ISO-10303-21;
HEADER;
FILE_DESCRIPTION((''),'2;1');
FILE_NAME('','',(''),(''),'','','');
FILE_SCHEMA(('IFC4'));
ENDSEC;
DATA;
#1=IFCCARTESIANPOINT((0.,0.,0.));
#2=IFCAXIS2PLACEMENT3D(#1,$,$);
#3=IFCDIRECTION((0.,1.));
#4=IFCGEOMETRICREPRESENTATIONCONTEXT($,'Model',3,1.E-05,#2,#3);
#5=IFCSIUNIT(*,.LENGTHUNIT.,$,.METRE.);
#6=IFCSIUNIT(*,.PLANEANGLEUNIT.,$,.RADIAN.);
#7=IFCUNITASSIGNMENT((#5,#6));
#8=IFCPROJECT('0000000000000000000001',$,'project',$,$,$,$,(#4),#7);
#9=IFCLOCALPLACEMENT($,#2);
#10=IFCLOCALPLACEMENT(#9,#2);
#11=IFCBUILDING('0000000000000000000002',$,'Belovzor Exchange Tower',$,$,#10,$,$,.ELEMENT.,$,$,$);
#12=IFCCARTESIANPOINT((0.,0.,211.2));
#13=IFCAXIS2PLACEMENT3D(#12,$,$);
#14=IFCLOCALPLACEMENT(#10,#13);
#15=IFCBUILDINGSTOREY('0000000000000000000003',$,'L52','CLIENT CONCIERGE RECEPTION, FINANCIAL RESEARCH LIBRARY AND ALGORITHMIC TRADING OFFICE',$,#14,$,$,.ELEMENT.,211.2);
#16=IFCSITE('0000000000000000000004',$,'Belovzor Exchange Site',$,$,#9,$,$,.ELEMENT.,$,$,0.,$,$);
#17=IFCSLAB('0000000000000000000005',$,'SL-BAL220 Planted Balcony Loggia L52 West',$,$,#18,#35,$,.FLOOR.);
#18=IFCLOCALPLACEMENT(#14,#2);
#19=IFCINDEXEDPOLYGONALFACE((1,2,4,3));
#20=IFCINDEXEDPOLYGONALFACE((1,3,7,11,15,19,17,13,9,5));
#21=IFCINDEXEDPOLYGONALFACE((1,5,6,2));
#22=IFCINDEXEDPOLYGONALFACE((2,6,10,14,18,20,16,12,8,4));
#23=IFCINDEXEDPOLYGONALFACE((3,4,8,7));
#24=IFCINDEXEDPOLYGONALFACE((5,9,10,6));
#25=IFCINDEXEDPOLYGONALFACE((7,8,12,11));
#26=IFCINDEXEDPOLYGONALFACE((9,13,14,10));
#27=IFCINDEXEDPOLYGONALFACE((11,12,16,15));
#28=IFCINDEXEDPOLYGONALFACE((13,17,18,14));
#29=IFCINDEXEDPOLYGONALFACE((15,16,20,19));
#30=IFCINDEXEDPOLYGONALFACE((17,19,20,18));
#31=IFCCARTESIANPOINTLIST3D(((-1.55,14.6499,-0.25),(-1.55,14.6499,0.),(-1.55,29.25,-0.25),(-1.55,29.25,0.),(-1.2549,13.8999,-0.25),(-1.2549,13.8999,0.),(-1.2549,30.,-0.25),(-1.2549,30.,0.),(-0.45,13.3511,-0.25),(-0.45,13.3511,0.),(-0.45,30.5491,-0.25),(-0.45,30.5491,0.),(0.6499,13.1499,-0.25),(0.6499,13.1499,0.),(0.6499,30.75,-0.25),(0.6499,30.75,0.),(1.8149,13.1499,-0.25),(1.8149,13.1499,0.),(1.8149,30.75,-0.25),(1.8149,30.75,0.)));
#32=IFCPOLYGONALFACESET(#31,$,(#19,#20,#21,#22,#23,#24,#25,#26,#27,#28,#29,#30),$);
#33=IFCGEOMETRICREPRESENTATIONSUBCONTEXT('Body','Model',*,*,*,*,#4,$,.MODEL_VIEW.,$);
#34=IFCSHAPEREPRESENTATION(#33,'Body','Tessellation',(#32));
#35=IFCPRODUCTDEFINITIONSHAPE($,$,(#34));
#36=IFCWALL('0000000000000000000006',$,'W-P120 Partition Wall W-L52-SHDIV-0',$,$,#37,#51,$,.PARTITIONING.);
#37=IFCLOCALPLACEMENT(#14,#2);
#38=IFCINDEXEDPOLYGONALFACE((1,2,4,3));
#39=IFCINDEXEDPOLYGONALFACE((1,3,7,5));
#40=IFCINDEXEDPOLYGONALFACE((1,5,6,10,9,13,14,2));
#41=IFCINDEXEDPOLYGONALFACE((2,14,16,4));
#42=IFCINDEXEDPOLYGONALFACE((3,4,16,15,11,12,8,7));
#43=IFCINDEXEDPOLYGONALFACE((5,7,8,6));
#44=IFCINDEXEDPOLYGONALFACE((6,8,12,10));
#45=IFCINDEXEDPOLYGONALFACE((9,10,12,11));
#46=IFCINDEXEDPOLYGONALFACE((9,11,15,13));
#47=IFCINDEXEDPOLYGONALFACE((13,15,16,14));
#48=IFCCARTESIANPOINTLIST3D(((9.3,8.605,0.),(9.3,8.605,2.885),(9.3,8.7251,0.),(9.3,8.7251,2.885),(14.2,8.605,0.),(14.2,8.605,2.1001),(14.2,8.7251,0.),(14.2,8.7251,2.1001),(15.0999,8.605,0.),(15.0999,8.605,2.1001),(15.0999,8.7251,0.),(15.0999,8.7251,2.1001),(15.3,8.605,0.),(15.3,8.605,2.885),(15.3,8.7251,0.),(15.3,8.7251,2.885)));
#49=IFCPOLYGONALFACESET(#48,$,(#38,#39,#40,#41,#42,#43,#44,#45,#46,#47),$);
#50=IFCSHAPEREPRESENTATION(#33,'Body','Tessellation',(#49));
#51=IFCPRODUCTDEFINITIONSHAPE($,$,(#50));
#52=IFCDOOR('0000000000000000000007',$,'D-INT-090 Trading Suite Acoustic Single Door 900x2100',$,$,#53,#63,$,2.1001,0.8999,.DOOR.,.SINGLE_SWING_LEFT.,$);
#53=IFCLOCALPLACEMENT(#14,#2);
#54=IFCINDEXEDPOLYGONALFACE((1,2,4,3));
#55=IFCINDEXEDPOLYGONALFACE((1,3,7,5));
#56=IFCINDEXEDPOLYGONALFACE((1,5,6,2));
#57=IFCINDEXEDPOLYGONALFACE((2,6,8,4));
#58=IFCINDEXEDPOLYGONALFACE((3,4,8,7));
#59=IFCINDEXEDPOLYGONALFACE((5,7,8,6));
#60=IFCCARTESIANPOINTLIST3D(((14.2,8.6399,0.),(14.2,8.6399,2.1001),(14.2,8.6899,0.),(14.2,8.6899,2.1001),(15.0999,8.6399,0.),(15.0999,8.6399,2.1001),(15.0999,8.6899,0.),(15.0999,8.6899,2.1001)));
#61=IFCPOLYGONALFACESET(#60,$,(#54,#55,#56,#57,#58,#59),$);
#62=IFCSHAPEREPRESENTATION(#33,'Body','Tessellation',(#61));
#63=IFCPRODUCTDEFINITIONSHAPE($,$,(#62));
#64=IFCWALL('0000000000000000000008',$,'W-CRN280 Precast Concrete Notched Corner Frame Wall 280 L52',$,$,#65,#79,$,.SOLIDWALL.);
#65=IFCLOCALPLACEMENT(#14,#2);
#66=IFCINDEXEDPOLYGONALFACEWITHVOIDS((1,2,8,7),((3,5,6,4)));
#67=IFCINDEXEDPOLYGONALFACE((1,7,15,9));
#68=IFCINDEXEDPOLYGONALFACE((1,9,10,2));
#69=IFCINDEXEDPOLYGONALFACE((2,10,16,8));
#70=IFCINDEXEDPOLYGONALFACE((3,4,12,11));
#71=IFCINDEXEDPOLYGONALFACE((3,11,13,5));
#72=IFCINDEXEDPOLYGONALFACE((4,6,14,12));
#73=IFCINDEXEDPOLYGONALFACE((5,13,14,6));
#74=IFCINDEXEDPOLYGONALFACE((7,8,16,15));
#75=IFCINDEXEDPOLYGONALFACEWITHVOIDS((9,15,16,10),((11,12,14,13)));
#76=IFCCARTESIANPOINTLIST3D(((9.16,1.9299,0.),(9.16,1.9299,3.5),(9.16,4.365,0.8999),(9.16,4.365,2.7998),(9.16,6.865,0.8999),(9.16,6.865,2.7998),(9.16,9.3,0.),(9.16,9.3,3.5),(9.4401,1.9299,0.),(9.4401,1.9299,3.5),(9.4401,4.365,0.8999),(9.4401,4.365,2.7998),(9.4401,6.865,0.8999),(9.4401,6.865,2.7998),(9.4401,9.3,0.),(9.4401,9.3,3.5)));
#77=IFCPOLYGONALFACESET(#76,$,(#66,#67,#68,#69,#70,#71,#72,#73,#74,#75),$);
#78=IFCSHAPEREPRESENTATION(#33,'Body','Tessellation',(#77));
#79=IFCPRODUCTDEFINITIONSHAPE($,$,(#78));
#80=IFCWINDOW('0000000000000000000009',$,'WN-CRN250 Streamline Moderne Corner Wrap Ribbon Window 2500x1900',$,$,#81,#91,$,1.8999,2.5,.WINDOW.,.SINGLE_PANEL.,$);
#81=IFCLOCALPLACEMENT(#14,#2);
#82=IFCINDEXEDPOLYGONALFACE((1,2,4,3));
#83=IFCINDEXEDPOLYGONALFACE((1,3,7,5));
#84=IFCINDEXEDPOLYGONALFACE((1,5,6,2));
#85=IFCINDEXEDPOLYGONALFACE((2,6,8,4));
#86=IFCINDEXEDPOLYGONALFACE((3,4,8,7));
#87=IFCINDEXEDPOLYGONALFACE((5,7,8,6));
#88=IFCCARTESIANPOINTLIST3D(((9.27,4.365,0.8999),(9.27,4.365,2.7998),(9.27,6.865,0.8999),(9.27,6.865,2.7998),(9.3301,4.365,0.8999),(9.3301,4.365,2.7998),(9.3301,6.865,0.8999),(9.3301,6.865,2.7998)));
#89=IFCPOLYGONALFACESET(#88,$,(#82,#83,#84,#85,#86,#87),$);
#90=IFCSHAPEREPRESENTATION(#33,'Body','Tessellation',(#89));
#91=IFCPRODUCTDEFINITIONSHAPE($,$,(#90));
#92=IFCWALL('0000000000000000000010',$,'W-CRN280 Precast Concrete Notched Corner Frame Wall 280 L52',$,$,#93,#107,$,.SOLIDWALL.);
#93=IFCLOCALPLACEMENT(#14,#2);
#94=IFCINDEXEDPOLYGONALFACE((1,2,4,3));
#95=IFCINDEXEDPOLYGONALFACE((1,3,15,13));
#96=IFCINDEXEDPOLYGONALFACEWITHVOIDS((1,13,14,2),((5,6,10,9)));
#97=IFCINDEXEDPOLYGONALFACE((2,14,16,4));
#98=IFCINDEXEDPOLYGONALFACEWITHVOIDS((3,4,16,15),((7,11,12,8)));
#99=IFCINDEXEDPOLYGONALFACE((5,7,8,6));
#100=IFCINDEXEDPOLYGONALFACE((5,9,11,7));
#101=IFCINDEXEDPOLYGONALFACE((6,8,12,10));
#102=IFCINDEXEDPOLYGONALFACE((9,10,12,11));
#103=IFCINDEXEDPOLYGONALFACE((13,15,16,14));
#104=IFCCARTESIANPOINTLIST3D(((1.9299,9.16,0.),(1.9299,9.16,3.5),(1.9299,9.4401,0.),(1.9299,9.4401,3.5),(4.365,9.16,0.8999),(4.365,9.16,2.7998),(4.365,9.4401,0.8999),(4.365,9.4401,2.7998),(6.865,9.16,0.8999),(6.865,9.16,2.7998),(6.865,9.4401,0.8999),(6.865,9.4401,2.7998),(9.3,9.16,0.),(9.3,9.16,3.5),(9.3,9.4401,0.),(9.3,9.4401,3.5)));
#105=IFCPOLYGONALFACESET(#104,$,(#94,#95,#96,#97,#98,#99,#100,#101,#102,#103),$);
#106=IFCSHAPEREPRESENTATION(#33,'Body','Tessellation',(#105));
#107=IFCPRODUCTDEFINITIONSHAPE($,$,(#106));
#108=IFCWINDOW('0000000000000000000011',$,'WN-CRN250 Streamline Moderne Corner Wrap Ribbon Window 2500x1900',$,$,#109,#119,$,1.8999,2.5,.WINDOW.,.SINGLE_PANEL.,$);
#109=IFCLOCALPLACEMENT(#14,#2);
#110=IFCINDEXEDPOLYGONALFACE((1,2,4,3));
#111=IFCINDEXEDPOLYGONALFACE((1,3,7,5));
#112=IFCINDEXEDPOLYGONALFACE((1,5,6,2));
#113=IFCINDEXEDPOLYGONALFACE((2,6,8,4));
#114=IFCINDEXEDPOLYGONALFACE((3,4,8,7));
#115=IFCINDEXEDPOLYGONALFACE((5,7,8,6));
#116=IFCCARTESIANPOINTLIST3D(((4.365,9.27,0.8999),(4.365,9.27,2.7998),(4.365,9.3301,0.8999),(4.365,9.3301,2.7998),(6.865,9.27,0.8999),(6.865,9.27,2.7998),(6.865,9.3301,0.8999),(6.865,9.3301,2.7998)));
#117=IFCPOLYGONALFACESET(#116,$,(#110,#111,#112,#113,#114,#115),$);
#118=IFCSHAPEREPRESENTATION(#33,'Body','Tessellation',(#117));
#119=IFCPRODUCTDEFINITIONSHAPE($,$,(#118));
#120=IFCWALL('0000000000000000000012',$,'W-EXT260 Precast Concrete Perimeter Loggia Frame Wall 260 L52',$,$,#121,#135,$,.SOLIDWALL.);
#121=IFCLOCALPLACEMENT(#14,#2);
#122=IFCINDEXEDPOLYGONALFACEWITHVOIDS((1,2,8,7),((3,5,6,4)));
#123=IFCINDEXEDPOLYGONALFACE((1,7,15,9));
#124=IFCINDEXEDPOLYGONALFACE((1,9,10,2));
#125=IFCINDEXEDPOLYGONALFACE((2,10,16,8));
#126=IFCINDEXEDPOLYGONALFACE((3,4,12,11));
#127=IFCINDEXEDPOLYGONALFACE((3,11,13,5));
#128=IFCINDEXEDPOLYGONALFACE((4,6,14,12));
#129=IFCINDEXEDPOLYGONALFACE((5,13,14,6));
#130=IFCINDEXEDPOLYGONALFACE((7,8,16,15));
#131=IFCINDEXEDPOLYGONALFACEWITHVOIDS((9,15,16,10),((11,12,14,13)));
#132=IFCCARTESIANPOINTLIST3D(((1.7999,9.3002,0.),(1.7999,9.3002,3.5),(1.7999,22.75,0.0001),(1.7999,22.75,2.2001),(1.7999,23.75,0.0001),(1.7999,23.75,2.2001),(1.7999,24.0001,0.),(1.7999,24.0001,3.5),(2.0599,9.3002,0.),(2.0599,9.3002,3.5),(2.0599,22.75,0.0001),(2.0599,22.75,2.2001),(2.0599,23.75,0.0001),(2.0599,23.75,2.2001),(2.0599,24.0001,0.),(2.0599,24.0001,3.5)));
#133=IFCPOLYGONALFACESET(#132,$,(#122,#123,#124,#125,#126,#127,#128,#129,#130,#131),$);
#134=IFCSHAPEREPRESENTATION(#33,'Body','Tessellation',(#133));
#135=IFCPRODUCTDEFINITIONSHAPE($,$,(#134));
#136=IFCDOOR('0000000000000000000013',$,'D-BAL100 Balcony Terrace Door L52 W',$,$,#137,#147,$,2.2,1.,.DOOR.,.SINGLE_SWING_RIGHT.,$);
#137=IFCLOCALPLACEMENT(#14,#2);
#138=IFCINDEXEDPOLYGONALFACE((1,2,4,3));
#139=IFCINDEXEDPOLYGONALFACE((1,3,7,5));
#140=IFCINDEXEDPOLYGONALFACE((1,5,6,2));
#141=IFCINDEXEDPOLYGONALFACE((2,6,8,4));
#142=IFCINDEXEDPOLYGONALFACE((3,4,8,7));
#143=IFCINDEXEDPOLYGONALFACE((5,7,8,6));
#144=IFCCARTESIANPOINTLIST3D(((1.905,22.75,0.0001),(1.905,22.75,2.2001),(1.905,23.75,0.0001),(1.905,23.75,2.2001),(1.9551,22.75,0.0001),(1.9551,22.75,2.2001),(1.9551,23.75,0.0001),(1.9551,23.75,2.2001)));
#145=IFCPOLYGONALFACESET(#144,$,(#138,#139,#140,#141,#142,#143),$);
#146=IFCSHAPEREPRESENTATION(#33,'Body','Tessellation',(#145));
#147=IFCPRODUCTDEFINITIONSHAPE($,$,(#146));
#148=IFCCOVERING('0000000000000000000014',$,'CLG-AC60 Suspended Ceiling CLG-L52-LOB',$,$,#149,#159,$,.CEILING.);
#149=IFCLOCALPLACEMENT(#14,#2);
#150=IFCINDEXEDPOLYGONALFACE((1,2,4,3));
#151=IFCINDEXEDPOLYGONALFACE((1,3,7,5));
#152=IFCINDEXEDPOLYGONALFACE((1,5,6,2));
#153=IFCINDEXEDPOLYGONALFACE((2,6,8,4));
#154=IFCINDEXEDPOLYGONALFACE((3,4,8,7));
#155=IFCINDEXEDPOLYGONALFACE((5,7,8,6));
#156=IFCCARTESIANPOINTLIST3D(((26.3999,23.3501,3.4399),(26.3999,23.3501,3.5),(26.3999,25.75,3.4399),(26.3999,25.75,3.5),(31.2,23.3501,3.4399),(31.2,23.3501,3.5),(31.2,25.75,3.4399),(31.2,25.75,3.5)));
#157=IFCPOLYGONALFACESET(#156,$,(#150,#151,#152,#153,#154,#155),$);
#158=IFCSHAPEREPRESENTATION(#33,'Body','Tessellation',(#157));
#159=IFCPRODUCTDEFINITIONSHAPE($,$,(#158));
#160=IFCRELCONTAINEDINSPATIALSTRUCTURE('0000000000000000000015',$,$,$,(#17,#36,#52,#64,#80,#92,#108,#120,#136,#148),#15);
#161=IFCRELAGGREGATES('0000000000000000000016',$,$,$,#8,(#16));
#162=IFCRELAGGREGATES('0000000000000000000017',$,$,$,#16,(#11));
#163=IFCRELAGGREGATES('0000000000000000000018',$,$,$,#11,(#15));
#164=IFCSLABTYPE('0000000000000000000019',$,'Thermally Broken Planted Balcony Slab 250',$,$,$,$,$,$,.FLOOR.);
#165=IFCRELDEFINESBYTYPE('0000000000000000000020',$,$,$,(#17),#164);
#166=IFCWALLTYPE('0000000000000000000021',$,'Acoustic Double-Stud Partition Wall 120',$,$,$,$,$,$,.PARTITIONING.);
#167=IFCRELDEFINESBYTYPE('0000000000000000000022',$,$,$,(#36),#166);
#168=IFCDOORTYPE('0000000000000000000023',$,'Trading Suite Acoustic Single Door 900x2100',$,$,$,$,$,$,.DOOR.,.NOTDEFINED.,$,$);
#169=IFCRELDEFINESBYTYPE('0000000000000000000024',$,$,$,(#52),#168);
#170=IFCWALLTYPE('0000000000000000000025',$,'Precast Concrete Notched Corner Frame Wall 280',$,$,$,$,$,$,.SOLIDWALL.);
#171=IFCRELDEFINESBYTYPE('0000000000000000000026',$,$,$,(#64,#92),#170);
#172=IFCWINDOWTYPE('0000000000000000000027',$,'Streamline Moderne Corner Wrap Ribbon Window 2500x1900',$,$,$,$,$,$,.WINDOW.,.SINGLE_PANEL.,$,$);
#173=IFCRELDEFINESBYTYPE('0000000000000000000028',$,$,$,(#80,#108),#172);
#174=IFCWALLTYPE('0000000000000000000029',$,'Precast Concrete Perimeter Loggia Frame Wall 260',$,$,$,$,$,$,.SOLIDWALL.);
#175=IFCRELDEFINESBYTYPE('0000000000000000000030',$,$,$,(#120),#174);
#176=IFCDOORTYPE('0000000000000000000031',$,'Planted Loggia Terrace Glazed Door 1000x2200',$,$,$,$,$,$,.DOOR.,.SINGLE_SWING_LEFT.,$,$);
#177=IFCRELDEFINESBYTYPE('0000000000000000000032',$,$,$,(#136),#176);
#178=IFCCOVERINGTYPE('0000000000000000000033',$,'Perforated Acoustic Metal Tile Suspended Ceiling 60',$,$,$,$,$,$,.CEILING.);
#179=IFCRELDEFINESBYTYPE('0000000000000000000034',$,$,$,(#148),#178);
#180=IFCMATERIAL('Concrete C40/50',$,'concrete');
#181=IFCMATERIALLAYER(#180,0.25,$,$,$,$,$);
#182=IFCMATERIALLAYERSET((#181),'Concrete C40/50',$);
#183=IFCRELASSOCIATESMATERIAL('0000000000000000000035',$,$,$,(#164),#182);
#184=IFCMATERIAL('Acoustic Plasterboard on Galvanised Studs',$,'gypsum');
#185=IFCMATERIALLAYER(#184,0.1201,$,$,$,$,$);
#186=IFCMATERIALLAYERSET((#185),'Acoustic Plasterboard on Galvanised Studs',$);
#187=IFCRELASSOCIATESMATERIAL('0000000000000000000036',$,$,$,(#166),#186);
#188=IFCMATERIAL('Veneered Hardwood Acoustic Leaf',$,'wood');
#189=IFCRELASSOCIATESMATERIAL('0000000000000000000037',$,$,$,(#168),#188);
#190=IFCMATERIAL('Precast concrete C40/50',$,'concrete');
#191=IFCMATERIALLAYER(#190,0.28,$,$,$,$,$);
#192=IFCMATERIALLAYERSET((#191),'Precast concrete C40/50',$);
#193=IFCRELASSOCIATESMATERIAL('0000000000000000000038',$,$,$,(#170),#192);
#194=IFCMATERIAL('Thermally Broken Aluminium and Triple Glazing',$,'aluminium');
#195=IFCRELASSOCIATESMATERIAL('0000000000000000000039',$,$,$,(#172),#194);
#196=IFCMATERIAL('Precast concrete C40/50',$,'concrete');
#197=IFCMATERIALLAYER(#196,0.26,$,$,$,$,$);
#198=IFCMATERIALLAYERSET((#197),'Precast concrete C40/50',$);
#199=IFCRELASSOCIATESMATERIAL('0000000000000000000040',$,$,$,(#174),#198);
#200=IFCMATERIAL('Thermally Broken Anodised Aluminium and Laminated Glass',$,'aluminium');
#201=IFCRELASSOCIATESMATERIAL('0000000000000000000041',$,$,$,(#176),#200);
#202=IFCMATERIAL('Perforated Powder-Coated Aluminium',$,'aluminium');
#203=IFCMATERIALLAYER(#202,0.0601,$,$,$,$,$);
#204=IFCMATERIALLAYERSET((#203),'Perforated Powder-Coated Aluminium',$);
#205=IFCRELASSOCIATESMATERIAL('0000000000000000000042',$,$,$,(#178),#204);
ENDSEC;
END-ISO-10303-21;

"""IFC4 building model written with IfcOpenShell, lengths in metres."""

from ifc_helpers import new_model, si_unit, direction, frame, frame_2d, origin, place, context, subcontext, project, spatial, polyline, rectangle, outline, extrude, material, layer, layer_set, type_object, element, fill, save


model = new_model("IFC4")

# Units and contexts
model_context = context("Model", 3, precision=1e-05, world=origin(), true_north=direction((0.0, 1.0)))
body_context = subcontext(model_context, "Body", "Model", "MODEL_VIEW")
ifc_project = project(units=[si_unit("LENGTHUNIT", "METRE"), si_unit("PLANEANGLEUNIT", "RADIAN")], contexts=[model_context])

# Site, building, storey
site_placement = place(None, origin())
site = spatial("IfcSite", under=ifc_project, at=site_placement, Name="Belovzor Exchange Site", CompositionType="ELEMENT", RefElevation=0.0)
building_placement = place(site_placement, origin())
building = spatial("IfcBuilding", under=site, at=building_placement, Name="Belovzor Exchange Tower", CompositionType="ELEMENT")
storey_placement = place(building_placement, frame((0.0, 0.0, 211.2)))
storey = spatial("IfcBuildingStorey", under=building, at=storey_placement, Name="L52", Description="CLIENT CONCIERGE RECEPTION, FINANCIAL RESEARCH LIBRARY AND ALGORITHMIC TRADING OFFICE", CompositionType="ELEMENT", Elevation=211.2)

# Slab
ifc_material_1 = material(Name="Concrete C40/50", Category="concrete")
ifc_layer_1 = layer(ifc_material_1, 0.25)
ifc_layer_set_1 = layer_set([ifc_layer_1], Name="Concrete C40/50")
slab_type_1 = type_object("IfcSlabType", Name="Thermally Broken Planted Balcony Slab 250", PredefinedType="FLOOR", material=ifc_layer_set_1)
slab_1_placement = place(storey_placement, frame((0.0, 0.0, -0.25)))
element("IfcSlab", 1, at=slab_1_placement, inside=storey, type_object=slab_type_1, Name="SL-BAL220 Planted Balcony Loggia L52 West", PredefinedType="FLOOR", context=body_context, shape_type="SweptSolid", body=[
    extrude(outline(polyline([(1.8149, 30.75), (0.6499, 30.75), (-0.45, 30.5491), (-1.2549, 30.0), (-1.55, 29.25), (-1.55, 14.6499), (-1.2549, 13.8999), (-0.45, 13.3511), (0.6499, 13.1499), (1.8149, 13.1499), (1.8149, 30.75)])), origin(), (0.0, 0.0, 1.0), 0.25),
])

# Wall, opening, door
ifc_material_2 = material(Name="Acoustic Plasterboard on Galvanised Studs", Category="gypsum")
ifc_layer_2 = layer(ifc_material_2, 0.1201)
ifc_layer_set_2 = layer_set([ifc_layer_2], Name="Acoustic Plasterboard on Galvanised Studs")
wall_type_1 = type_object("IfcWallType", Name="Acoustic Double-Stud Partition Wall 120", PredefinedType="PARTITIONING", material=ifc_layer_set_2)
wall_1_placement = place(storey_placement, frame((9.3, 8.665, 0.0), z_axis=(0.0, 0.0, 1.0), x_axis=(1.0, 0.0, 0.0)))
wall_1 = element("IfcWall", 2, at=wall_1_placement, inside=storey, type_object=wall_type_1, Name="W-P120 Partition Wall W-L52-SHDIV-0", PredefinedType="PARTITIONING", context=body_context, shape_type="SweptSolid", body=[
    extrude(rectangle(XDim=6.0, YDim=0.1201, at=frame_2d((3.0, 0.0))), origin(), (0.0, 0.0, 1.0), 2.885),
])
opening_1_placement = place(wall_1_placement, frame((4.8999, 0.0, 0.0)))
opening_1 = element("IfcOpeningElement", 3, at=opening_1_placement, cuts=wall_1, PredefinedType="OPENING", context=body_context, shape_type="SweptSolid", body=[
    extrude(rectangle(XDim=0.8999, YDim=2.1001, at=frame_2d((0.45, 1.05))), frame((0.0, 0.0701, 0.0), z_axis=(0.0, -1.0, 0.0), x_axis=(1.0, 0.0, 0.0)), (0.0, 0.0, 1.0), 0.1401),
])
ifc_material_3 = material(Name="Veneered Hardwood Acoustic Leaf", Category="wood")
door_type_1 = type_object("IfcDoorType", Name="Trading Suite Acoustic Single Door 900x2100", OperationType="NOTDEFINED", PredefinedType="DOOR", material=ifc_material_3)
door_1_placement = place(opening_1_placement, origin())
door_1 = element("IfcDoor", 4, at=door_1_placement, inside=storey, type_object=door_type_1, Name="D-INT-090 Trading Suite Acoustic Single Door 900x2100", OperationType="SINGLE_SWING_LEFT", OverallHeight=2.1001, OverallWidth=0.8999, PredefinedType="DOOR", context=body_context, shape_type="SweptSolid", body=[
    extrude(rectangle(XDim=0.8999, YDim=2.1001, at=frame_2d((0.45, 1.05))), frame((0.0, 0.0249, 0.0), z_axis=(0.0, -1.0, 0.0), x_axis=(1.0, 0.0, 0.0)), (0.0, 0.0, 1.0), 0.05),
])
fill(opening_1, door_1)

# Walls, openings, windows
ifc_material_4 = material(Name="Precast concrete C40/50", Category="concrete")
ifc_layer_3 = layer(ifc_material_4, 0.28)
ifc_layer_set_3 = layer_set([ifc_layer_3], Name="Precast concrete C40/50")
wall_type_2 = type_object("IfcWallType", Name="Precast Concrete Notched Corner Frame Wall 280", PredefinedType="SOLIDWALL", material=ifc_layer_set_3)
wall_2_placement = place(storey_placement, frame((9.3, 1.9299, 0.0), z_axis=(0.0, 0.0, 1.0), x_axis=(0.0, 1.0, 0.0)))
wall_2 = element("IfcWall", 5, at=wall_2_placement, inside=storey, type_object=wall_type_2, Name="W-CRN280 Precast Concrete Notched Corner Frame Wall 280 L52", PredefinedType="SOLIDWALL", context=body_context, shape_type="SweptSolid", body=[
    extrude(rectangle(XDim=7.3701, YDim=0.28, at=frame_2d((3.6851, 0.0))), origin(), (0.0, 0.0, 1.0), 3.5),
])
opening_2_placement = place(wall_2_placement, frame((2.4351, 0.0, 0.8999)))
opening_2 = element("IfcOpeningElement", 6, at=opening_2_placement, cuts=wall_2, PredefinedType="OPENING", context=body_context, shape_type="SweptSolid", body=[
    extrude(rectangle(XDim=2.5, YDim=1.8999, at=frame_2d((1.25, 0.95))), frame((0.0, 0.1499, 0.0), z_axis=(0.0, -1.0, 0.0), x_axis=(1.0, 0.0, 0.0)), (0.0, 0.0, 1.0), 0.3),
])
ifc_material_5 = material(Name="Thermally Broken Aluminium and Triple Glazing", Category="aluminium")
window_type = type_object("IfcWindowType", Name="Streamline Moderne Corner Wrap Ribbon Window 2500x1900", PartitioningType="SINGLE_PANEL", PredefinedType="WINDOW", material=ifc_material_5)
window_1_placement = place(opening_2_placement, origin())
window_1 = element("IfcWindow", 7, at=window_1_placement, inside=storey, type_object=window_type, Name="WN-CRN250 Streamline Moderne Corner Wrap Ribbon Window 2500x1900", OverallHeight=1.8999, OverallWidth=2.5, PartitioningType="SINGLE_PANEL", PredefinedType="WINDOW", context=body_context, shape_type="SweptSolid", body=[
    extrude(rectangle(XDim=2.5, YDim=1.8999, at=frame_2d((1.25, 0.95))), frame((0.0, 0.03, 0.0), z_axis=(0.0, -1.0, 0.0), x_axis=(1.0, 0.0, 0.0)), (0.0, 0.0, 1.0), 0.0601),
])
fill(opening_2, window_1)
wall_3_placement = place(storey_placement, frame((9.3, 9.3, 0.0), z_axis=(0.0, 0.0, 1.0), x_axis=(-1.0, 0.0, 0.0)))
wall_3 = element("IfcWall", 8, at=wall_3_placement, inside=storey, type_object=wall_type_2, Name="W-CRN280 Precast Concrete Notched Corner Frame Wall 280 L52", PredefinedType="SOLIDWALL", context=body_context, shape_type="SweptSolid", body=[
    extrude(rectangle(XDim=7.3701, YDim=0.28, at=frame_2d((3.6851, 0.0))), origin(), (0.0, 0.0, 1.0), 3.5),
])
opening_3_placement = place(wall_3_placement, frame((2.4351, 0.0, 0.8999)))
opening_3 = element("IfcOpeningElement", 9, at=opening_3_placement, cuts=wall_3, PredefinedType="OPENING", context=body_context, shape_type="SweptSolid", body=[
    extrude(rectangle(XDim=2.5, YDim=1.8999, at=frame_2d((1.25, 0.95))), frame((0.0, 0.1499, 0.0), z_axis=(0.0, -1.0, 0.0), x_axis=(1.0, 0.0, 0.0)), (0.0, 0.0, 1.0), 0.3),
])
window_2_placement = place(opening_3_placement, origin())
window_2 = element("IfcWindow", 10, at=window_2_placement, inside=storey, type_object=window_type, Name="WN-CRN250 Streamline Moderne Corner Wrap Ribbon Window 2500x1900", OverallHeight=1.8999, OverallWidth=2.5, PartitioningType="SINGLE_PANEL", PredefinedType="WINDOW", context=body_context, shape_type="SweptSolid", body=[
    extrude(rectangle(XDim=2.5, YDim=1.8999, at=frame_2d((1.25, 0.95))), frame((0.0, 0.03, 0.0), z_axis=(0.0, -1.0, 0.0), x_axis=(1.0, 0.0, 0.0)), (0.0, 0.0, 1.0), 0.0601),
])
fill(opening_3, window_2)

# Wall, opening, door
ifc_material_6 = material(Name="Precast concrete C40/50", Category="concrete")
ifc_layer_4 = layer(ifc_material_6, 0.26)
ifc_layer_set_4 = layer_set([ifc_layer_4], Name="Precast concrete C40/50")
wall_type_3 = type_object("IfcWallType", Name="Precast Concrete Perimeter Loggia Frame Wall 260", PredefinedType="SOLIDWALL", material=ifc_layer_set_4)
wall_4_placement = place(storey_placement, frame((1.9299, 9.3, 0.0), z_axis=(0.0, 0.0, 1.0), x_axis=(0.0, 1.0, 0.0)))
wall_4 = element("IfcWall", 11, at=wall_4_placement, inside=storey, type_object=wall_type_3, Name="W-EXT260 Precast Concrete Perimeter Loggia Frame Wall 260 L52", PredefinedType="SOLIDWALL", context=body_context, shape_type="SweptSolid", body=[
    extrude(rectangle(XDim=14.7, YDim=0.26, at=frame_2d((7.3501, 0.0))), origin(), (0.0, 0.0, 1.0), 3.5),
])
opening_4_placement = place(wall_4_placement, frame((13.45, 0.0, 0.0)))
opening_4 = element("IfcOpeningElement", 12, at=opening_4_placement, cuts=wall_4, PredefinedType="OPENING", context=body_context, shape_type="SweptSolid", body=[
    extrude(rectangle(XDim=1.0, YDim=2.2, at=frame_2d((0.5, 1.1001))), frame((0.0, 0.1399, 0.0), z_axis=(0.0, -1.0, 0.0), x_axis=(1.0, 0.0, 0.0)), (0.0, 0.0, 1.0), 0.28),
])
ifc_material_7 = material(Name="Thermally Broken Anodised Aluminium and Laminated Glass", Category="aluminium")
door_type_2 = type_object("IfcDoorType", Name="Planted Loggia Terrace Glazed Door 1000x2200", OperationType="SINGLE_SWING_LEFT", PredefinedType="DOOR", material=ifc_material_7)
door_2_placement = place(opening_4_placement, origin())
door_2 = element("IfcDoor", 13, at=door_2_placement, inside=storey, type_object=door_type_2, Name="D-BAL100 Balcony Terrace Door L52 W", OperationType="SINGLE_SWING_RIGHT", OverallHeight=2.2, OverallWidth=1.0, PredefinedType="DOOR", context=body_context, shape_type="SweptSolid", body=[
    extrude(rectangle(XDim=1.0, YDim=2.2, at=frame_2d((0.5, 1.1001))), frame((0.0, 0.0249, 0.0), z_axis=(0.0, -1.0, 0.0), x_axis=(1.0, 0.0, 0.0)), (0.0, 0.0, 1.0), 0.05),
])
fill(opening_4, door_2)

# Covering
ifc_material_8 = material(Name="Perforated Powder-Coated Aluminium", Category="aluminium")
ifc_layer_5 = layer(ifc_material_8, 0.0601)
ifc_layer_set_5 = layer_set([ifc_layer_5], Name="Perforated Powder-Coated Aluminium")
covering_type_1 = type_object("IfcCoveringType", Name="Perforated Acoustic Metal Tile Suspended Ceiling 60", PredefinedType="CEILING", material=ifc_layer_set_5)
covering_1_placement = place(storey_placement, frame((0.0, 0.0, 3.4399)))
element("IfcCovering", 14, at=covering_1_placement, inside=storey, type_object=covering_type_1, Name="CLG-AC60 Suspended Ceiling CLG-L52-LOB", PredefinedType="CEILING", context=body_context, shape_type="SweptSolid", body=[
    extrude(outline(polyline([(26.3999, 23.3501), (31.2, 23.3501), (31.2, 25.75), (26.3999, 25.75), (26.3999, 23.3501)])), origin(), (0.0, 0.0, 1.0), 0.0601),
])

save(model, "model.ifc")
